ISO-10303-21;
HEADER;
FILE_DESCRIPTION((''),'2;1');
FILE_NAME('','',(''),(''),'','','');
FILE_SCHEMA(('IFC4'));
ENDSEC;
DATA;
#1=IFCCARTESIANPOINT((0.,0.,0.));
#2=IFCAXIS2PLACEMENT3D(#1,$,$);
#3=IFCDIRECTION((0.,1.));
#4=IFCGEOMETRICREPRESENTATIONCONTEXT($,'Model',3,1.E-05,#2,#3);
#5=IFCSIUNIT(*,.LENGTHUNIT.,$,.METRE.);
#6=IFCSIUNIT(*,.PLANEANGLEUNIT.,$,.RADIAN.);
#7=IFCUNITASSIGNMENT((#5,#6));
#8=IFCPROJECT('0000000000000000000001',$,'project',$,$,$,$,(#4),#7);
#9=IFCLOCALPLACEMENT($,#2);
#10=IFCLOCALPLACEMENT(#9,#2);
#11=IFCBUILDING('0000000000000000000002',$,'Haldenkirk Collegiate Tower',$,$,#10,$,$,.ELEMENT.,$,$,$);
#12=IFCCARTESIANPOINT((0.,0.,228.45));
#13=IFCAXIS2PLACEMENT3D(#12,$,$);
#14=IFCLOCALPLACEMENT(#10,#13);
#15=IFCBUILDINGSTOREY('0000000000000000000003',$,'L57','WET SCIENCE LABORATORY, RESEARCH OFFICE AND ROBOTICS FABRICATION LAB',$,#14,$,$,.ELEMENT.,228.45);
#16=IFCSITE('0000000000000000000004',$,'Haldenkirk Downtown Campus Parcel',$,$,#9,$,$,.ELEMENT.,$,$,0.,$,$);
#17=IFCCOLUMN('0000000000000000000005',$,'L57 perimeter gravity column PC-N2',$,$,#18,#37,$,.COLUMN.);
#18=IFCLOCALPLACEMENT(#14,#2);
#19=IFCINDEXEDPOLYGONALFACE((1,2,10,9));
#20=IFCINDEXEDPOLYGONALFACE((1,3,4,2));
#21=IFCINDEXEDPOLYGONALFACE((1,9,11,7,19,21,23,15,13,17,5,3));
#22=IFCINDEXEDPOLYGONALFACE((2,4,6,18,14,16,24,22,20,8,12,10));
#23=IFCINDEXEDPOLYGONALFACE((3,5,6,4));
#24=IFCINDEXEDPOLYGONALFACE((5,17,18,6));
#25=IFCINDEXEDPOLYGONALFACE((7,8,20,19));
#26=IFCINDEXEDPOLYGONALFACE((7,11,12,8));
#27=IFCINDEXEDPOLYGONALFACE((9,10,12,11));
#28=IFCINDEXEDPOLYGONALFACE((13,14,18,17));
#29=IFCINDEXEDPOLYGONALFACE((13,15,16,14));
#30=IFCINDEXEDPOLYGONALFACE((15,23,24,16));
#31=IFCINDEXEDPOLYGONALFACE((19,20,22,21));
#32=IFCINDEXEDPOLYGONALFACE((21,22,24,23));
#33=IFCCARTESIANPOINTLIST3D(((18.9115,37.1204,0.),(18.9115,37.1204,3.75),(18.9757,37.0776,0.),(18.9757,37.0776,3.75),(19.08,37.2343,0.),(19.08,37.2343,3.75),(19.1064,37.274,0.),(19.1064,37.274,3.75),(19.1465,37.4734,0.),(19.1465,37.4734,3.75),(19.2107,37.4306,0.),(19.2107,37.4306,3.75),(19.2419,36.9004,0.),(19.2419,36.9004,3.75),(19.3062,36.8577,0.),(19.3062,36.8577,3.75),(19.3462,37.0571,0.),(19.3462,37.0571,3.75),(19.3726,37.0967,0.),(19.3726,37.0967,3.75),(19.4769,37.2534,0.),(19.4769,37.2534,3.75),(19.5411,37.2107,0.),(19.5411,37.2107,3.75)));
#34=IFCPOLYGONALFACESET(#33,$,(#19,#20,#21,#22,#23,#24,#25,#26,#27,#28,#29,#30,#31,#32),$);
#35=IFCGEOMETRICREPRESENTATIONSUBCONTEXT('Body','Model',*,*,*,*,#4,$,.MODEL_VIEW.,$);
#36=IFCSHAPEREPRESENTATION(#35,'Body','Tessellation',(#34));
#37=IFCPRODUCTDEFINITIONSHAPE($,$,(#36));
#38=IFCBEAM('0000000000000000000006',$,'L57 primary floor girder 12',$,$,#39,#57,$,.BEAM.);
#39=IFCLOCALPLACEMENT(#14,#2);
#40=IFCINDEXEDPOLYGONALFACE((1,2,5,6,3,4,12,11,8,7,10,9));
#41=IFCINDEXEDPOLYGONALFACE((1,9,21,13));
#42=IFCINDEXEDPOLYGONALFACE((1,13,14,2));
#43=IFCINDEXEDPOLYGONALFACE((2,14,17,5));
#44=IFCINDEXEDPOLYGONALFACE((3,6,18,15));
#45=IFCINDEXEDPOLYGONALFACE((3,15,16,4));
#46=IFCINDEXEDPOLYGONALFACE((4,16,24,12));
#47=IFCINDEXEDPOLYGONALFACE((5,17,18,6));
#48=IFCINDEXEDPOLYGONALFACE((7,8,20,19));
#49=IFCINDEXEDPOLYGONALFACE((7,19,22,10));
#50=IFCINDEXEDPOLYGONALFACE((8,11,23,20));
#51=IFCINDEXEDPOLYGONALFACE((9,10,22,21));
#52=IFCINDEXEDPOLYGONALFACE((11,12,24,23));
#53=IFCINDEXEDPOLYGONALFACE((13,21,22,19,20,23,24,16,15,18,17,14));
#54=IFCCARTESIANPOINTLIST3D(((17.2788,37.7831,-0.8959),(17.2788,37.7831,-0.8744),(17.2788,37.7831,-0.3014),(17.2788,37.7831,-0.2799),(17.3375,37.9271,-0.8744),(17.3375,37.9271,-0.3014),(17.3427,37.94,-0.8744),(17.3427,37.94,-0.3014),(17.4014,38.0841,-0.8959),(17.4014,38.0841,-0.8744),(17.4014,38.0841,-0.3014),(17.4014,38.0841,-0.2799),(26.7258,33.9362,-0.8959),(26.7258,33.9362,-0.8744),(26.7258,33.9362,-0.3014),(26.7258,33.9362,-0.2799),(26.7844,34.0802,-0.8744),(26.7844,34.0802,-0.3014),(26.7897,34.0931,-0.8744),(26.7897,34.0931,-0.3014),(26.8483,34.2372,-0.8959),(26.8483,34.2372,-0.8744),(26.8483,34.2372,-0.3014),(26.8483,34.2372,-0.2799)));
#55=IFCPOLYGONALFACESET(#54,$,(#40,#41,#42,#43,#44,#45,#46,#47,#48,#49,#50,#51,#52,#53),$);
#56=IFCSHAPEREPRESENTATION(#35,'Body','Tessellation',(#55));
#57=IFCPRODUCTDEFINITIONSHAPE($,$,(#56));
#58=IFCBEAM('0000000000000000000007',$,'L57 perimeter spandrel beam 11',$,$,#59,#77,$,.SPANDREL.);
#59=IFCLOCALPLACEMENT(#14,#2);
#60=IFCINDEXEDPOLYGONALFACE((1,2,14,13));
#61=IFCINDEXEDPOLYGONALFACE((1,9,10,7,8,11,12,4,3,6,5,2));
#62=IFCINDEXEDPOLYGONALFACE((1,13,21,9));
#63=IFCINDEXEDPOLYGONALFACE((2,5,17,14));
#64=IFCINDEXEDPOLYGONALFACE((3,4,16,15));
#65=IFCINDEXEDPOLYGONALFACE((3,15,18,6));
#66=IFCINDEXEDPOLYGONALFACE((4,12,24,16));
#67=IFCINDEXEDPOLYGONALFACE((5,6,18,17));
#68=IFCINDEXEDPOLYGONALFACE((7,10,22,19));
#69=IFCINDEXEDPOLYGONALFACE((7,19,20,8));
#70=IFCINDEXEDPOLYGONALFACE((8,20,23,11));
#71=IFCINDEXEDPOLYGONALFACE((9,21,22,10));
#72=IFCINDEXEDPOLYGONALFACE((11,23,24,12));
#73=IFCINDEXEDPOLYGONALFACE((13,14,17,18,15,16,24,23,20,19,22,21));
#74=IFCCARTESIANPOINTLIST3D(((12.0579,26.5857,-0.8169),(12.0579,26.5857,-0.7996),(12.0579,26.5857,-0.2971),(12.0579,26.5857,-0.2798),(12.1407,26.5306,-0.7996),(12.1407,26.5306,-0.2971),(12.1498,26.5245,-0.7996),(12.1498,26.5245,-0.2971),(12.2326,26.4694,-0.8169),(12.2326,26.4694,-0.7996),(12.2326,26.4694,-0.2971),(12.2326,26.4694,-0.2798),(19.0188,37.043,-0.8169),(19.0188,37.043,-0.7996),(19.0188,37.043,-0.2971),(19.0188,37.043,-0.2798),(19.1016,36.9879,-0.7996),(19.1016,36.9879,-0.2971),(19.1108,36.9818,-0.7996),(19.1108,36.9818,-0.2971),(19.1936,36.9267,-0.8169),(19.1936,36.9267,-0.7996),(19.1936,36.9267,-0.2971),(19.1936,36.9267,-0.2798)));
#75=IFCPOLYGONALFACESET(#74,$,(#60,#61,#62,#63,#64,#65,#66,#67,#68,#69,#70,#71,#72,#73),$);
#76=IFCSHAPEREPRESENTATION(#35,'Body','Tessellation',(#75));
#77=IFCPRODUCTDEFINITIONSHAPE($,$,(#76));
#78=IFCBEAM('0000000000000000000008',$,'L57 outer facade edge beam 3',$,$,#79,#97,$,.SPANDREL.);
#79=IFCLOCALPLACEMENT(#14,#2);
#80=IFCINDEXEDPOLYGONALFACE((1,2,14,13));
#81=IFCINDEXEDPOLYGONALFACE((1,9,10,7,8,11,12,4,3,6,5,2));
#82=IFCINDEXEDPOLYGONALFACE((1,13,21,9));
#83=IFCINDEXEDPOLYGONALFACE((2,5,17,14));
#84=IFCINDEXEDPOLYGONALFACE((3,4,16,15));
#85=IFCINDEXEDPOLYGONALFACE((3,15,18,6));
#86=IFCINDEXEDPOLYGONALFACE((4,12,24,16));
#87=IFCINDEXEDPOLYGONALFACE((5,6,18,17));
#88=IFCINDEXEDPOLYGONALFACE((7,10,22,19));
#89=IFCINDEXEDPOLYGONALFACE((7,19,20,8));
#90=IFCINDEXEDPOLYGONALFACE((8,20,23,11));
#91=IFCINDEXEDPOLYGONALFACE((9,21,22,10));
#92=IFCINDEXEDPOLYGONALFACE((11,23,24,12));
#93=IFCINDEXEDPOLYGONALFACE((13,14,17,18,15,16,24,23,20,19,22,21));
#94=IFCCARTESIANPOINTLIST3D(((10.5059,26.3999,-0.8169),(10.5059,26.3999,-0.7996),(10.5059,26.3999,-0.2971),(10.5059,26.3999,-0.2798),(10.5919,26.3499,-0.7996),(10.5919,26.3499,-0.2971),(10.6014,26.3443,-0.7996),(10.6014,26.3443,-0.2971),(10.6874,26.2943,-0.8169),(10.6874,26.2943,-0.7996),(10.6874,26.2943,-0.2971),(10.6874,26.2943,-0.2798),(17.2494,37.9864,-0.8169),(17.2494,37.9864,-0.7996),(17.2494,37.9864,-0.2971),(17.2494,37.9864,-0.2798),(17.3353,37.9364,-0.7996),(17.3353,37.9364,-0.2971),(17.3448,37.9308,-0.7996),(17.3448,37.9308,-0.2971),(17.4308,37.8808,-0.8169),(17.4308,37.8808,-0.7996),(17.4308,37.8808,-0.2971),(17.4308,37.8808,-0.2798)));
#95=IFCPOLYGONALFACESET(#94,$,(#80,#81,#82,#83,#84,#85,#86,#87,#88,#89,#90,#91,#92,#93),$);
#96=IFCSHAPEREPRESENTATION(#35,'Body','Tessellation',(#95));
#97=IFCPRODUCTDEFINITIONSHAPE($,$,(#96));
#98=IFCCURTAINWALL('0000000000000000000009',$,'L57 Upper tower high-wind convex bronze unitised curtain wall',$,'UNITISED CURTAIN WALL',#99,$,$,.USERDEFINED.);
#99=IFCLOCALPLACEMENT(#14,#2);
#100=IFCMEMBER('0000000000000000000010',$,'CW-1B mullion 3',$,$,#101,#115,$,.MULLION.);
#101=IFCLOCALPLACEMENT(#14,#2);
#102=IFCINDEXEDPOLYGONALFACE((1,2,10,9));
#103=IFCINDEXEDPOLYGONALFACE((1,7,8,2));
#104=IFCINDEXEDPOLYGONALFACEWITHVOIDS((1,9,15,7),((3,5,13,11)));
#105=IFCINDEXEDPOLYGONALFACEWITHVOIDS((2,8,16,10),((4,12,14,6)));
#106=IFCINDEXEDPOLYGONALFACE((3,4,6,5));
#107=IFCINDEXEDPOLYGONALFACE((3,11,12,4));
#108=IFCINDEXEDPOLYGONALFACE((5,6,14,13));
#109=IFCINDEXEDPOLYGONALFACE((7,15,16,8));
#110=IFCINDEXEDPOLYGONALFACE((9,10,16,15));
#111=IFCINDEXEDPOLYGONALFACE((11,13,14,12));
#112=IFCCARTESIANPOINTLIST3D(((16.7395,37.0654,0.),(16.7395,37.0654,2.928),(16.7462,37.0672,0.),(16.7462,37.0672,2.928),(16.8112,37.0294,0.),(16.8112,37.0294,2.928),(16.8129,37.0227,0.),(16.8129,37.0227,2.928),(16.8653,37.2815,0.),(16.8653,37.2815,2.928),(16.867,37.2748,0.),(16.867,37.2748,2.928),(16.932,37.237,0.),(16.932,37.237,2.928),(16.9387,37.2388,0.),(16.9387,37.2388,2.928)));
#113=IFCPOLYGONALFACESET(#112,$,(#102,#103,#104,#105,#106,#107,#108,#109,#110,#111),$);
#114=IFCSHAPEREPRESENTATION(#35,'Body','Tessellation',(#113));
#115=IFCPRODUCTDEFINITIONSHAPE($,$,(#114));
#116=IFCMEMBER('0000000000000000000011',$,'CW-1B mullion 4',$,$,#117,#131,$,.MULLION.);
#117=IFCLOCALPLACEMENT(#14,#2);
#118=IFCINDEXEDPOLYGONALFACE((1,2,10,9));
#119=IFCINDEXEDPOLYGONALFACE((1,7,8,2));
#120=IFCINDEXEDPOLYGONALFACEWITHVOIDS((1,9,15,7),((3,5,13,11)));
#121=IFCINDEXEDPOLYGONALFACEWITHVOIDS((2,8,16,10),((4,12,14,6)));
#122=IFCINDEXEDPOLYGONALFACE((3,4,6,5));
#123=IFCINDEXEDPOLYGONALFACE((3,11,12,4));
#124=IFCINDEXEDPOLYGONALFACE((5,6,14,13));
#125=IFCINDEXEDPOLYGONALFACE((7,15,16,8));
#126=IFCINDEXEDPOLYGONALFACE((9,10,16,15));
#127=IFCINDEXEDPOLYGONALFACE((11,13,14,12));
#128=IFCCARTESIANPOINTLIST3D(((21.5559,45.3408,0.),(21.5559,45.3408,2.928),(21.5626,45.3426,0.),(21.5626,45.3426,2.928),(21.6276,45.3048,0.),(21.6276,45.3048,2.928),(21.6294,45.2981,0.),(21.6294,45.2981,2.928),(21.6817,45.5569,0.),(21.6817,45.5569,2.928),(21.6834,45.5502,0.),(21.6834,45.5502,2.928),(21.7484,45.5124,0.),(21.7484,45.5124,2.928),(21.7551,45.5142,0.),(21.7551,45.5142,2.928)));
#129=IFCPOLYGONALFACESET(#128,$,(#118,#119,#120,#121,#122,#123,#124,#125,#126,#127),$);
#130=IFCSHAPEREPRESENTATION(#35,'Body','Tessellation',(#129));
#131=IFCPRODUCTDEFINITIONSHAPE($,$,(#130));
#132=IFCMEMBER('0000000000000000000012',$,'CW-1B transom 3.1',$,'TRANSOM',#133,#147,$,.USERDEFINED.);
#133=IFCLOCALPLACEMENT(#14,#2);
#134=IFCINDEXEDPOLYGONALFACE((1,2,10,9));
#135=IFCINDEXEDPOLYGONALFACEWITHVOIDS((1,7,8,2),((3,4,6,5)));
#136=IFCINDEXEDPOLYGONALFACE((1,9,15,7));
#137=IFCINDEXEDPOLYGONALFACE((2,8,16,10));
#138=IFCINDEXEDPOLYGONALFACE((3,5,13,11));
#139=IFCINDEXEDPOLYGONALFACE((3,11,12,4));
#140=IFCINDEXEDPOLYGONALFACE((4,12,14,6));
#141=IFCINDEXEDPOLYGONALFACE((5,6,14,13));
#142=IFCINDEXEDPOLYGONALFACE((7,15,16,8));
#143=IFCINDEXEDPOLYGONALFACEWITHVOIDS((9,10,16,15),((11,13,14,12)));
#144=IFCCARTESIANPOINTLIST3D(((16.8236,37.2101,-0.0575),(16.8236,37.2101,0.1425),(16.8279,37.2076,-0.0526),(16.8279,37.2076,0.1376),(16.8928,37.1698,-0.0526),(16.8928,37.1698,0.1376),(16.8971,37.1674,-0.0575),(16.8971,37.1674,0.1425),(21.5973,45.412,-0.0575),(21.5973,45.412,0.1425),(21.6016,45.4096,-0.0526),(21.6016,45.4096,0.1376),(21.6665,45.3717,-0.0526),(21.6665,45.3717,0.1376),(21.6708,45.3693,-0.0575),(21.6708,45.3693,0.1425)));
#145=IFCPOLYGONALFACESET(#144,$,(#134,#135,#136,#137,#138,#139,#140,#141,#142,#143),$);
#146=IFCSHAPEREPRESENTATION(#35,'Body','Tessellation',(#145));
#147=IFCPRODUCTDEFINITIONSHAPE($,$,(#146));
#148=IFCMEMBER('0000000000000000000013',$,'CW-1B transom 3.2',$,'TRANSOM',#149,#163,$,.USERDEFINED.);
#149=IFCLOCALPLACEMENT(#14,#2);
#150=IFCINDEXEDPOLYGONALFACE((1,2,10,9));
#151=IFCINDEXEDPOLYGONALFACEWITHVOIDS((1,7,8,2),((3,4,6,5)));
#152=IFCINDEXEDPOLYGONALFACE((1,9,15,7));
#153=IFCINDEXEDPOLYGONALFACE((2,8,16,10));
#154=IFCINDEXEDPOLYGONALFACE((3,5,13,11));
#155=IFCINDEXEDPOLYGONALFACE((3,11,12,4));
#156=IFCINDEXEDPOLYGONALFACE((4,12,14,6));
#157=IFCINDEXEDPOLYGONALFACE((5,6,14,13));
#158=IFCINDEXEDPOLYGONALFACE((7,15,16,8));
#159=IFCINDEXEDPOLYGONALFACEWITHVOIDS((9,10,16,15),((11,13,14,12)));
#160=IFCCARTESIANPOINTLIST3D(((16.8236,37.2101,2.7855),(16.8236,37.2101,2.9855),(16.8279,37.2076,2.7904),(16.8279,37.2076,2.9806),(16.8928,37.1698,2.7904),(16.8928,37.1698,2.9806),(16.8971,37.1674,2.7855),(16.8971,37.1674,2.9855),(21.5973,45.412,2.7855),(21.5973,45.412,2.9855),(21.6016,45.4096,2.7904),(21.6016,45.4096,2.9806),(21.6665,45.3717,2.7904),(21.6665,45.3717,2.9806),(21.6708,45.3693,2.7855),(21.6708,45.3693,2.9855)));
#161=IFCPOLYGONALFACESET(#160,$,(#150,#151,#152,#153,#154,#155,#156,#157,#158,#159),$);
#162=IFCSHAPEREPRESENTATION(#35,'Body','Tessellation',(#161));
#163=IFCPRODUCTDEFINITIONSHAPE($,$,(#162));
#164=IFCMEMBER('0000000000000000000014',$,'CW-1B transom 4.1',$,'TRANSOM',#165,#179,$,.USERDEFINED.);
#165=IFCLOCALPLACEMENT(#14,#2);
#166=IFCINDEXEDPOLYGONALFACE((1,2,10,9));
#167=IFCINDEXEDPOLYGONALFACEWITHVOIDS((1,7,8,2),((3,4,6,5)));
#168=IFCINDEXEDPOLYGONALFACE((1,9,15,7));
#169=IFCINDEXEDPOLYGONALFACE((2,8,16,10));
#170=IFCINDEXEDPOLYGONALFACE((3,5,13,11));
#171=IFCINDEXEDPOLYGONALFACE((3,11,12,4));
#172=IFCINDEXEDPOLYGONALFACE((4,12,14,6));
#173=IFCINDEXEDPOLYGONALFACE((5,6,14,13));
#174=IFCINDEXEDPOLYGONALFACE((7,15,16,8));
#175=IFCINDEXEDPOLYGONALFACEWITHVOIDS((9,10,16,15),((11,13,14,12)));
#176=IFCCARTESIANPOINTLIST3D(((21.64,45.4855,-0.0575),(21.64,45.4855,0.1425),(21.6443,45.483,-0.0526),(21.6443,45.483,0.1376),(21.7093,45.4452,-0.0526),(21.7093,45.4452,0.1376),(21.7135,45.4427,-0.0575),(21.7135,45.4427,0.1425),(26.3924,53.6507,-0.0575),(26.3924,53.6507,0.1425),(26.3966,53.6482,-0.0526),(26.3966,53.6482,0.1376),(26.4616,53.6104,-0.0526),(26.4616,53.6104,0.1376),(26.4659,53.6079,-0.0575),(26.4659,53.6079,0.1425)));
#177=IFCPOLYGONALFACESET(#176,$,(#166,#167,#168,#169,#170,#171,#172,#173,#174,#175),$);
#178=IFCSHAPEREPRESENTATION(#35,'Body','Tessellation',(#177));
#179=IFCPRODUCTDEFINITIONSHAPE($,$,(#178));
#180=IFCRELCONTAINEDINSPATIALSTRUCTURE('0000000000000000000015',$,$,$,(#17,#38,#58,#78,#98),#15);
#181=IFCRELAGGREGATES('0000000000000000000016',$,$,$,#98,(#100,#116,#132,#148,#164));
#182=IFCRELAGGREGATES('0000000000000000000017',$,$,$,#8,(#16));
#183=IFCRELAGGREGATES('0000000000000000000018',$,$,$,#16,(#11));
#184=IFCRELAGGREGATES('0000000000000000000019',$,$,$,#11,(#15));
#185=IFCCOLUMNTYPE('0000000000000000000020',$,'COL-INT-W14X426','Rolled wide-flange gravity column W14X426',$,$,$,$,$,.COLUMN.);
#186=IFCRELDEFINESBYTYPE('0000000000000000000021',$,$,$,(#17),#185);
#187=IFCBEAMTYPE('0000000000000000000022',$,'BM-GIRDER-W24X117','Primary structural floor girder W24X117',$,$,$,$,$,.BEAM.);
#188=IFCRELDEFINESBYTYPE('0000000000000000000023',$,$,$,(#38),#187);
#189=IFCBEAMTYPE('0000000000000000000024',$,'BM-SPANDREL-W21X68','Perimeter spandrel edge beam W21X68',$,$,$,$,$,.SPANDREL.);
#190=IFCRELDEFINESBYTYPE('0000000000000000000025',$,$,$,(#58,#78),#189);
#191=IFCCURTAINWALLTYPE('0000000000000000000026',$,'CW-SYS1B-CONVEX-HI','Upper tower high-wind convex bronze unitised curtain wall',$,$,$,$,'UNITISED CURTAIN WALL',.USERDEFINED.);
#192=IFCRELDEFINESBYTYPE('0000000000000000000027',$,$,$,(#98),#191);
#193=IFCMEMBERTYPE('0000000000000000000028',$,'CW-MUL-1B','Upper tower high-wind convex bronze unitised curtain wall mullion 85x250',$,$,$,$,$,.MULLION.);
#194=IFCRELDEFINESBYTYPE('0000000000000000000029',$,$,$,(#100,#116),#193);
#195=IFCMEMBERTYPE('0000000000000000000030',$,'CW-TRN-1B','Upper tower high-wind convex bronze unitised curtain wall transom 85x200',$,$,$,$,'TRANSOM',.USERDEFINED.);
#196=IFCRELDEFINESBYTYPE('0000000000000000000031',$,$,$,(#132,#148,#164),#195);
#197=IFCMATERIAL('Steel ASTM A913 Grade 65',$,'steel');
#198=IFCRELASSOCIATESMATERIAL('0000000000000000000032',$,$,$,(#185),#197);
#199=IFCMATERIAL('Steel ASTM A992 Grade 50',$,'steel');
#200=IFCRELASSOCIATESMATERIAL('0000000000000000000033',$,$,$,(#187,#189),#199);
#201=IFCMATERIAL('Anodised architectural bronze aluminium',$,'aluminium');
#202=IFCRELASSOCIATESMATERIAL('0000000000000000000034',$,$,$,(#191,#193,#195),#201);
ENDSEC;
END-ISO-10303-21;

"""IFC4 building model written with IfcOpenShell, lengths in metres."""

from ifc_helpers import new_model, si_unit, direction, frame, origin, origin_2d, place, context, subcontext, project, spatial, hollow_rectangle, i_section, extrude, material, material_profile, profile_set, type_object, element, aggregate, save


model = new_model("IFC4")

# Units and contexts
model_context = context("Model", 3, precision=1e-05, world=origin(), true_north=direction((0.0, 1.0)))
body_context = subcontext(model_context, "Body", "Model", "MODEL_VIEW")
ifc_project = project(units=[si_unit("LENGTHUNIT", "METRE"), si_unit("PLANEANGLEUNIT", "RADIAN")], contexts=[model_context])

# Site, building, storey
site_placement = place(None, origin())
site = spatial("IfcSite", under=ifc_project, at=site_placement, Name="Haldenkirk Downtown Campus Parcel", CompositionType="ELEMENT", RefElevation=0.0)
building_placement = place(site_placement, origin())
building = spatial("IfcBuilding", under=site, at=building_placement, Name="Haldenkirk Collegiate Tower", CompositionType="ELEMENT")
storey_placement = place(building_placement, frame((0.0, 0.0, 228.45)))
storey = spatial("IfcBuildingStorey", under=building, at=storey_placement, Name="L57", Description="WET SCIENCE LABORATORY, RESEARCH OFFICE AND ROBOTICS FABRICATION LAB", CompositionType="ELEMENT", Elevation=228.45)

# Column
ifc_material_1 = material(Name="Steel ASTM A913 Grade 65", Category="steel")
ifc_material_profile_1 = material_profile(ifc_material_1, i_section(OverallWidth=0.4241, OverallDepth=0.4741, WebThickness=0.0476, FlangeThickness=0.0771, at=origin_2d()), Name="W14X426")
ifc_profile_set_1 = profile_set([ifc_material_profile_1], Name="Steel ASTM A913 Grade 65")
column_type = type_object("IfcColumnType", Name="COL-INT-W14X426", Description="Rolled wide-flange gravity column W14X426", PredefinedType="COLUMN", material=ifc_profile_set_1)
column_placement = place(storey_placement, frame((19.2263, 37.1655, 0.0), z_axis=(0.0, 0.0, 1.0), x_axis=(0.554118, 0.832438, 0.0)))
element("IfcColumn", 1, at=column_placement, inside=storey, type_object=column_type, Name="L57 perimeter gravity column PC-N2", PredefinedType="COLUMN", context=body_context, shape_type="SweptSolid", body=[
    extrude(i_section(OverallWidth=0.4241, OverallDepth=0.4741, WebThickness=0.0476, FlangeThickness=0.0771, at=origin_2d()), origin(), (0.0, 0.0, 1.0), 3.75),
])

# Beams
ifc_material_2 = material(Name="Steel ASTM A992 Grade 50", Category="steel")
ifc_material_profile_2 = material_profile(ifc_material_2, i_section(OverallWidth=0.325, OverallDepth=0.616, WebThickness=0.0139, FlangeThickness=0.0215, at=origin_2d()), Name="W24X117")
ifc_profile_set_2 = profile_set([ifc_material_profile_2], Name="Steel ASTM A992 Grade 50")
beam_type_1 = type_object("IfcBeamType", Name="BM-GIRDER-W24X117", Description="Primary structural floor girder W24X117", PredefinedType="BEAM", material=ifc_profile_set_2)
beam_1_placement = place(storey_placement, frame((17.3401, 37.9336, -0.5879), z_axis=(0.926156, -0.37714, 0.0), x_axis=(0.37714, 0.926156, 0.0)))
element("IfcBeam", 2, at=beam_1_placement, inside=storey, type_object=beam_type_1, Name="L57 primary floor girder 12", PredefinedType="BEAM", context=body_context, shape_type="SweptSolid", body=[
    extrude(i_section(OverallWidth=0.325, OverallDepth=0.616, WebThickness=0.0139, FlangeThickness=0.0215, at=origin_2d()), origin(), (0.0, 0.0, 1.0), 10.2002),
])
ifc_material_profile_3 = material_profile(ifc_material_2, i_section(OverallWidth=0.21, OverallDepth=0.5371, WebThickness=0.011, FlangeThickness=0.0173, at=origin_2d()), Name="W21X68")
ifc_profile_set_3 = profile_set([ifc_material_profile_3], Name="Steel ASTM A992 Grade 50")
beam_type_2 = type_object("IfcBeamType", Name="BM-SPANDREL-W21X68", Description="Perimeter spandrel edge beam W21X68", PredefinedType="SPANDREL", material=ifc_profile_set_3)
beam_2_placement = place(storey_placement, frame((19.1062, 36.9849, -0.5483), z_axis=(-0.554117, -0.832439, 0.0), x_axis=(0.832439, -0.554117, 0.0)))
element("IfcBeam", 3, at=beam_2_placement, inside=storey, type_object=beam_type_2, Name="L57 perimeter spandrel beam 11", PredefinedType="SPANDREL", context=body_context, shape_type="SweptSolid", body=[
    extrude(i_section(OverallWidth=0.21, OverallDepth=0.5371, WebThickness=0.011, FlangeThickness=0.0173, at=origin_2d()), origin(), (0.0, 0.0, 1.0), 12.5623),
])
beam_3_placement = place(storey_placement, frame((17.3401, 37.9336, -0.5483), z_axis=(-0.503017, -0.864277, 0.0), x_axis=(0.864277, -0.503017, 0.0)))
element("IfcBeam", 4, at=beam_3_placement, inside=storey, type_object=beam_type_2, Name="L57 outer facade edge beam 3", PredefinedType="SPANDREL", context=body_context, shape_type="SweptSolid", body=[
    extrude(i_section(OverallWidth=0.21, OverallDepth=0.5371, WebThickness=0.011, FlangeThickness=0.0173, at=origin_2d()), origin(), (0.0, 0.0, 1.0), 13.406),
])

# Curtain wall, members
ifc_material_3 = material(Name="Anodised architectural bronze aluminium", Category="aluminium")
curtain_wall_type = type_object("IfcCurtainWallType", Name="CW-SYS1B-CONVEX-HI", Description="Upper tower high-wind convex bronze unitised curtain wall", ElementType="UNITISED CURTAIN WALL", PredefinedType="USERDEFINED", material=ifc_material_3)
curtain_wall_placement = place(storey_placement, origin())
curtain_wall = element("IfcCurtainWall", 5, at=curtain_wall_placement, inside=storey, type_object=curtain_wall_type, Name="L57 Upper tower high-wind convex bronze unitised curtain wall", ObjectType="UNITISED CURTAIN WALL", PredefinedType="USERDEFINED")
ifc_material_profile_4 = material_profile(ifc_material_3, hollow_rectangle(XDim=0.085, YDim=0.25, WallThickness=0.0049, at=origin_2d()), Name="CW-MUL-1B")
ifc_profile_set_4 = profile_set([ifc_material_profile_4], Name="Anodised architectural bronze aluminium")
member_type_1 = type_object("IfcMemberType", Name="CW-MUL-1B", Description="Upper tower high-wind convex bronze unitised curtain wall mullion 85x250", PredefinedType="MULLION", material=ifc_profile_set_4)
member_1_placement = place(storey_placement, frame((16.8391, 37.1521, 0.0), z_axis=(0.0, 0.0, 1.0), x_axis=(-0.864275, 0.50302, 0.0)))
member_1 = element("IfcMember", 6, at=member_1_placement, type_object=member_type_1, Name="CW-1B mullion 3", PredefinedType="MULLION", context=body_context, shape_type="SweptSolid", body=[
    extrude(hollow_rectangle(XDim=0.085, YDim=0.25, WallThickness=0.0049, at=origin_2d()), origin(), (0.0, 0.0, 1.0), 2.928),
])
member_2_placement = place(storey_placement, frame((21.6555, 45.4275, 0.0), z_axis=(0.0, 0.0, 1.0), x_axis=(-0.864275, 0.50302, 0.0)))
member_2 = element("IfcMember", 7, at=member_2_placement, type_object=member_type_1, Name="CW-1B mullion 4", PredefinedType="MULLION", context=body_context, shape_type="SweptSolid", body=[
    extrude(hollow_rectangle(XDim=0.085, YDim=0.25, WallThickness=0.0049, at=origin_2d()), origin(), (0.0, 0.0, 1.0), 2.928),
])
ifc_material_profile_5 = material_profile(ifc_material_3, hollow_rectangle(XDim=0.085, YDim=0.2, WallThickness=0.0049, at=origin_2d()), Name="CW-TRN-1B")
ifc_profile_set_5 = profile_set([ifc_material_profile_5], Name="Anodised architectural bronze aluminium")
member_type_2 = type_object("IfcMemberType", Name="CW-TRN-1B", Description="Upper tower high-wind convex bronze unitised curtain wall transom 85x200", ElementType="TRANSOM", PredefinedType="USERDEFINED", material=ifc_profile_set_5)
member_3_placement = place(storey_placement, frame((16.8604, 37.1887, 0.0425), z_axis=(0.503025, 0.864272, 0.0), x_axis=(-0.864272, 0.503025, 0.0)))
member_3 = element("IfcMember", 8, at=member_3_placement, type_object=member_type_2, Name="CW-1B transom 3.1", ObjectType="TRANSOM", PredefinedType="USERDEFINED", context=body_context, shape_type="SweptSolid", body=[
    extrude(hollow_rectangle(XDim=0.085, YDim=0.2, WallThickness=0.0049, at=origin_2d()), origin(), (0.0, 0.0, 1.0), 9.49),
])
member_4_placement = place(storey_placement, frame((16.8604, 37.1887, 2.8855), z_axis=(0.503025, 0.864272, 0.0), x_axis=(-0.864272, 0.503025, 0.0)))
member_4 = element("IfcMember", 9, at=member_4_placement, type_object=member_type_2, Name="CW-1B transom 3.2", ObjectType="TRANSOM", PredefinedType="USERDEFINED", context=body_context, shape_type="SweptSolid", body=[
    extrude(hollow_rectangle(XDim=0.085, YDim=0.2, WallThickness=0.0049, at=origin_2d()), origin(), (0.0, 0.0, 1.0), 9.49),
])
member_5_placement = place(storey_placement, frame((21.6768, 45.4641, 0.0425), z_axis=(0.50303, 0.864269, 0.0), x_axis=(-0.864269, 0.50303, 0.0)))
member_5 = element("IfcMember", 10, at=member_5_placement, type_object=member_type_2, Name="CW-1B transom 4.1", ObjectType="TRANSOM", PredefinedType="USERDEFINED", context=body_context, shape_type="SweptSolid", body=[
    extrude(hollow_rectangle(XDim=0.085, YDim=0.2, WallThickness=0.0049, at=origin_2d()), origin(), (0.0, 0.0, 1.0), 9.4475),
])
aggregate(curtain_wall, [member_1, member_2, member_3, member_4, member_5])

save(model, "model.ifc")
